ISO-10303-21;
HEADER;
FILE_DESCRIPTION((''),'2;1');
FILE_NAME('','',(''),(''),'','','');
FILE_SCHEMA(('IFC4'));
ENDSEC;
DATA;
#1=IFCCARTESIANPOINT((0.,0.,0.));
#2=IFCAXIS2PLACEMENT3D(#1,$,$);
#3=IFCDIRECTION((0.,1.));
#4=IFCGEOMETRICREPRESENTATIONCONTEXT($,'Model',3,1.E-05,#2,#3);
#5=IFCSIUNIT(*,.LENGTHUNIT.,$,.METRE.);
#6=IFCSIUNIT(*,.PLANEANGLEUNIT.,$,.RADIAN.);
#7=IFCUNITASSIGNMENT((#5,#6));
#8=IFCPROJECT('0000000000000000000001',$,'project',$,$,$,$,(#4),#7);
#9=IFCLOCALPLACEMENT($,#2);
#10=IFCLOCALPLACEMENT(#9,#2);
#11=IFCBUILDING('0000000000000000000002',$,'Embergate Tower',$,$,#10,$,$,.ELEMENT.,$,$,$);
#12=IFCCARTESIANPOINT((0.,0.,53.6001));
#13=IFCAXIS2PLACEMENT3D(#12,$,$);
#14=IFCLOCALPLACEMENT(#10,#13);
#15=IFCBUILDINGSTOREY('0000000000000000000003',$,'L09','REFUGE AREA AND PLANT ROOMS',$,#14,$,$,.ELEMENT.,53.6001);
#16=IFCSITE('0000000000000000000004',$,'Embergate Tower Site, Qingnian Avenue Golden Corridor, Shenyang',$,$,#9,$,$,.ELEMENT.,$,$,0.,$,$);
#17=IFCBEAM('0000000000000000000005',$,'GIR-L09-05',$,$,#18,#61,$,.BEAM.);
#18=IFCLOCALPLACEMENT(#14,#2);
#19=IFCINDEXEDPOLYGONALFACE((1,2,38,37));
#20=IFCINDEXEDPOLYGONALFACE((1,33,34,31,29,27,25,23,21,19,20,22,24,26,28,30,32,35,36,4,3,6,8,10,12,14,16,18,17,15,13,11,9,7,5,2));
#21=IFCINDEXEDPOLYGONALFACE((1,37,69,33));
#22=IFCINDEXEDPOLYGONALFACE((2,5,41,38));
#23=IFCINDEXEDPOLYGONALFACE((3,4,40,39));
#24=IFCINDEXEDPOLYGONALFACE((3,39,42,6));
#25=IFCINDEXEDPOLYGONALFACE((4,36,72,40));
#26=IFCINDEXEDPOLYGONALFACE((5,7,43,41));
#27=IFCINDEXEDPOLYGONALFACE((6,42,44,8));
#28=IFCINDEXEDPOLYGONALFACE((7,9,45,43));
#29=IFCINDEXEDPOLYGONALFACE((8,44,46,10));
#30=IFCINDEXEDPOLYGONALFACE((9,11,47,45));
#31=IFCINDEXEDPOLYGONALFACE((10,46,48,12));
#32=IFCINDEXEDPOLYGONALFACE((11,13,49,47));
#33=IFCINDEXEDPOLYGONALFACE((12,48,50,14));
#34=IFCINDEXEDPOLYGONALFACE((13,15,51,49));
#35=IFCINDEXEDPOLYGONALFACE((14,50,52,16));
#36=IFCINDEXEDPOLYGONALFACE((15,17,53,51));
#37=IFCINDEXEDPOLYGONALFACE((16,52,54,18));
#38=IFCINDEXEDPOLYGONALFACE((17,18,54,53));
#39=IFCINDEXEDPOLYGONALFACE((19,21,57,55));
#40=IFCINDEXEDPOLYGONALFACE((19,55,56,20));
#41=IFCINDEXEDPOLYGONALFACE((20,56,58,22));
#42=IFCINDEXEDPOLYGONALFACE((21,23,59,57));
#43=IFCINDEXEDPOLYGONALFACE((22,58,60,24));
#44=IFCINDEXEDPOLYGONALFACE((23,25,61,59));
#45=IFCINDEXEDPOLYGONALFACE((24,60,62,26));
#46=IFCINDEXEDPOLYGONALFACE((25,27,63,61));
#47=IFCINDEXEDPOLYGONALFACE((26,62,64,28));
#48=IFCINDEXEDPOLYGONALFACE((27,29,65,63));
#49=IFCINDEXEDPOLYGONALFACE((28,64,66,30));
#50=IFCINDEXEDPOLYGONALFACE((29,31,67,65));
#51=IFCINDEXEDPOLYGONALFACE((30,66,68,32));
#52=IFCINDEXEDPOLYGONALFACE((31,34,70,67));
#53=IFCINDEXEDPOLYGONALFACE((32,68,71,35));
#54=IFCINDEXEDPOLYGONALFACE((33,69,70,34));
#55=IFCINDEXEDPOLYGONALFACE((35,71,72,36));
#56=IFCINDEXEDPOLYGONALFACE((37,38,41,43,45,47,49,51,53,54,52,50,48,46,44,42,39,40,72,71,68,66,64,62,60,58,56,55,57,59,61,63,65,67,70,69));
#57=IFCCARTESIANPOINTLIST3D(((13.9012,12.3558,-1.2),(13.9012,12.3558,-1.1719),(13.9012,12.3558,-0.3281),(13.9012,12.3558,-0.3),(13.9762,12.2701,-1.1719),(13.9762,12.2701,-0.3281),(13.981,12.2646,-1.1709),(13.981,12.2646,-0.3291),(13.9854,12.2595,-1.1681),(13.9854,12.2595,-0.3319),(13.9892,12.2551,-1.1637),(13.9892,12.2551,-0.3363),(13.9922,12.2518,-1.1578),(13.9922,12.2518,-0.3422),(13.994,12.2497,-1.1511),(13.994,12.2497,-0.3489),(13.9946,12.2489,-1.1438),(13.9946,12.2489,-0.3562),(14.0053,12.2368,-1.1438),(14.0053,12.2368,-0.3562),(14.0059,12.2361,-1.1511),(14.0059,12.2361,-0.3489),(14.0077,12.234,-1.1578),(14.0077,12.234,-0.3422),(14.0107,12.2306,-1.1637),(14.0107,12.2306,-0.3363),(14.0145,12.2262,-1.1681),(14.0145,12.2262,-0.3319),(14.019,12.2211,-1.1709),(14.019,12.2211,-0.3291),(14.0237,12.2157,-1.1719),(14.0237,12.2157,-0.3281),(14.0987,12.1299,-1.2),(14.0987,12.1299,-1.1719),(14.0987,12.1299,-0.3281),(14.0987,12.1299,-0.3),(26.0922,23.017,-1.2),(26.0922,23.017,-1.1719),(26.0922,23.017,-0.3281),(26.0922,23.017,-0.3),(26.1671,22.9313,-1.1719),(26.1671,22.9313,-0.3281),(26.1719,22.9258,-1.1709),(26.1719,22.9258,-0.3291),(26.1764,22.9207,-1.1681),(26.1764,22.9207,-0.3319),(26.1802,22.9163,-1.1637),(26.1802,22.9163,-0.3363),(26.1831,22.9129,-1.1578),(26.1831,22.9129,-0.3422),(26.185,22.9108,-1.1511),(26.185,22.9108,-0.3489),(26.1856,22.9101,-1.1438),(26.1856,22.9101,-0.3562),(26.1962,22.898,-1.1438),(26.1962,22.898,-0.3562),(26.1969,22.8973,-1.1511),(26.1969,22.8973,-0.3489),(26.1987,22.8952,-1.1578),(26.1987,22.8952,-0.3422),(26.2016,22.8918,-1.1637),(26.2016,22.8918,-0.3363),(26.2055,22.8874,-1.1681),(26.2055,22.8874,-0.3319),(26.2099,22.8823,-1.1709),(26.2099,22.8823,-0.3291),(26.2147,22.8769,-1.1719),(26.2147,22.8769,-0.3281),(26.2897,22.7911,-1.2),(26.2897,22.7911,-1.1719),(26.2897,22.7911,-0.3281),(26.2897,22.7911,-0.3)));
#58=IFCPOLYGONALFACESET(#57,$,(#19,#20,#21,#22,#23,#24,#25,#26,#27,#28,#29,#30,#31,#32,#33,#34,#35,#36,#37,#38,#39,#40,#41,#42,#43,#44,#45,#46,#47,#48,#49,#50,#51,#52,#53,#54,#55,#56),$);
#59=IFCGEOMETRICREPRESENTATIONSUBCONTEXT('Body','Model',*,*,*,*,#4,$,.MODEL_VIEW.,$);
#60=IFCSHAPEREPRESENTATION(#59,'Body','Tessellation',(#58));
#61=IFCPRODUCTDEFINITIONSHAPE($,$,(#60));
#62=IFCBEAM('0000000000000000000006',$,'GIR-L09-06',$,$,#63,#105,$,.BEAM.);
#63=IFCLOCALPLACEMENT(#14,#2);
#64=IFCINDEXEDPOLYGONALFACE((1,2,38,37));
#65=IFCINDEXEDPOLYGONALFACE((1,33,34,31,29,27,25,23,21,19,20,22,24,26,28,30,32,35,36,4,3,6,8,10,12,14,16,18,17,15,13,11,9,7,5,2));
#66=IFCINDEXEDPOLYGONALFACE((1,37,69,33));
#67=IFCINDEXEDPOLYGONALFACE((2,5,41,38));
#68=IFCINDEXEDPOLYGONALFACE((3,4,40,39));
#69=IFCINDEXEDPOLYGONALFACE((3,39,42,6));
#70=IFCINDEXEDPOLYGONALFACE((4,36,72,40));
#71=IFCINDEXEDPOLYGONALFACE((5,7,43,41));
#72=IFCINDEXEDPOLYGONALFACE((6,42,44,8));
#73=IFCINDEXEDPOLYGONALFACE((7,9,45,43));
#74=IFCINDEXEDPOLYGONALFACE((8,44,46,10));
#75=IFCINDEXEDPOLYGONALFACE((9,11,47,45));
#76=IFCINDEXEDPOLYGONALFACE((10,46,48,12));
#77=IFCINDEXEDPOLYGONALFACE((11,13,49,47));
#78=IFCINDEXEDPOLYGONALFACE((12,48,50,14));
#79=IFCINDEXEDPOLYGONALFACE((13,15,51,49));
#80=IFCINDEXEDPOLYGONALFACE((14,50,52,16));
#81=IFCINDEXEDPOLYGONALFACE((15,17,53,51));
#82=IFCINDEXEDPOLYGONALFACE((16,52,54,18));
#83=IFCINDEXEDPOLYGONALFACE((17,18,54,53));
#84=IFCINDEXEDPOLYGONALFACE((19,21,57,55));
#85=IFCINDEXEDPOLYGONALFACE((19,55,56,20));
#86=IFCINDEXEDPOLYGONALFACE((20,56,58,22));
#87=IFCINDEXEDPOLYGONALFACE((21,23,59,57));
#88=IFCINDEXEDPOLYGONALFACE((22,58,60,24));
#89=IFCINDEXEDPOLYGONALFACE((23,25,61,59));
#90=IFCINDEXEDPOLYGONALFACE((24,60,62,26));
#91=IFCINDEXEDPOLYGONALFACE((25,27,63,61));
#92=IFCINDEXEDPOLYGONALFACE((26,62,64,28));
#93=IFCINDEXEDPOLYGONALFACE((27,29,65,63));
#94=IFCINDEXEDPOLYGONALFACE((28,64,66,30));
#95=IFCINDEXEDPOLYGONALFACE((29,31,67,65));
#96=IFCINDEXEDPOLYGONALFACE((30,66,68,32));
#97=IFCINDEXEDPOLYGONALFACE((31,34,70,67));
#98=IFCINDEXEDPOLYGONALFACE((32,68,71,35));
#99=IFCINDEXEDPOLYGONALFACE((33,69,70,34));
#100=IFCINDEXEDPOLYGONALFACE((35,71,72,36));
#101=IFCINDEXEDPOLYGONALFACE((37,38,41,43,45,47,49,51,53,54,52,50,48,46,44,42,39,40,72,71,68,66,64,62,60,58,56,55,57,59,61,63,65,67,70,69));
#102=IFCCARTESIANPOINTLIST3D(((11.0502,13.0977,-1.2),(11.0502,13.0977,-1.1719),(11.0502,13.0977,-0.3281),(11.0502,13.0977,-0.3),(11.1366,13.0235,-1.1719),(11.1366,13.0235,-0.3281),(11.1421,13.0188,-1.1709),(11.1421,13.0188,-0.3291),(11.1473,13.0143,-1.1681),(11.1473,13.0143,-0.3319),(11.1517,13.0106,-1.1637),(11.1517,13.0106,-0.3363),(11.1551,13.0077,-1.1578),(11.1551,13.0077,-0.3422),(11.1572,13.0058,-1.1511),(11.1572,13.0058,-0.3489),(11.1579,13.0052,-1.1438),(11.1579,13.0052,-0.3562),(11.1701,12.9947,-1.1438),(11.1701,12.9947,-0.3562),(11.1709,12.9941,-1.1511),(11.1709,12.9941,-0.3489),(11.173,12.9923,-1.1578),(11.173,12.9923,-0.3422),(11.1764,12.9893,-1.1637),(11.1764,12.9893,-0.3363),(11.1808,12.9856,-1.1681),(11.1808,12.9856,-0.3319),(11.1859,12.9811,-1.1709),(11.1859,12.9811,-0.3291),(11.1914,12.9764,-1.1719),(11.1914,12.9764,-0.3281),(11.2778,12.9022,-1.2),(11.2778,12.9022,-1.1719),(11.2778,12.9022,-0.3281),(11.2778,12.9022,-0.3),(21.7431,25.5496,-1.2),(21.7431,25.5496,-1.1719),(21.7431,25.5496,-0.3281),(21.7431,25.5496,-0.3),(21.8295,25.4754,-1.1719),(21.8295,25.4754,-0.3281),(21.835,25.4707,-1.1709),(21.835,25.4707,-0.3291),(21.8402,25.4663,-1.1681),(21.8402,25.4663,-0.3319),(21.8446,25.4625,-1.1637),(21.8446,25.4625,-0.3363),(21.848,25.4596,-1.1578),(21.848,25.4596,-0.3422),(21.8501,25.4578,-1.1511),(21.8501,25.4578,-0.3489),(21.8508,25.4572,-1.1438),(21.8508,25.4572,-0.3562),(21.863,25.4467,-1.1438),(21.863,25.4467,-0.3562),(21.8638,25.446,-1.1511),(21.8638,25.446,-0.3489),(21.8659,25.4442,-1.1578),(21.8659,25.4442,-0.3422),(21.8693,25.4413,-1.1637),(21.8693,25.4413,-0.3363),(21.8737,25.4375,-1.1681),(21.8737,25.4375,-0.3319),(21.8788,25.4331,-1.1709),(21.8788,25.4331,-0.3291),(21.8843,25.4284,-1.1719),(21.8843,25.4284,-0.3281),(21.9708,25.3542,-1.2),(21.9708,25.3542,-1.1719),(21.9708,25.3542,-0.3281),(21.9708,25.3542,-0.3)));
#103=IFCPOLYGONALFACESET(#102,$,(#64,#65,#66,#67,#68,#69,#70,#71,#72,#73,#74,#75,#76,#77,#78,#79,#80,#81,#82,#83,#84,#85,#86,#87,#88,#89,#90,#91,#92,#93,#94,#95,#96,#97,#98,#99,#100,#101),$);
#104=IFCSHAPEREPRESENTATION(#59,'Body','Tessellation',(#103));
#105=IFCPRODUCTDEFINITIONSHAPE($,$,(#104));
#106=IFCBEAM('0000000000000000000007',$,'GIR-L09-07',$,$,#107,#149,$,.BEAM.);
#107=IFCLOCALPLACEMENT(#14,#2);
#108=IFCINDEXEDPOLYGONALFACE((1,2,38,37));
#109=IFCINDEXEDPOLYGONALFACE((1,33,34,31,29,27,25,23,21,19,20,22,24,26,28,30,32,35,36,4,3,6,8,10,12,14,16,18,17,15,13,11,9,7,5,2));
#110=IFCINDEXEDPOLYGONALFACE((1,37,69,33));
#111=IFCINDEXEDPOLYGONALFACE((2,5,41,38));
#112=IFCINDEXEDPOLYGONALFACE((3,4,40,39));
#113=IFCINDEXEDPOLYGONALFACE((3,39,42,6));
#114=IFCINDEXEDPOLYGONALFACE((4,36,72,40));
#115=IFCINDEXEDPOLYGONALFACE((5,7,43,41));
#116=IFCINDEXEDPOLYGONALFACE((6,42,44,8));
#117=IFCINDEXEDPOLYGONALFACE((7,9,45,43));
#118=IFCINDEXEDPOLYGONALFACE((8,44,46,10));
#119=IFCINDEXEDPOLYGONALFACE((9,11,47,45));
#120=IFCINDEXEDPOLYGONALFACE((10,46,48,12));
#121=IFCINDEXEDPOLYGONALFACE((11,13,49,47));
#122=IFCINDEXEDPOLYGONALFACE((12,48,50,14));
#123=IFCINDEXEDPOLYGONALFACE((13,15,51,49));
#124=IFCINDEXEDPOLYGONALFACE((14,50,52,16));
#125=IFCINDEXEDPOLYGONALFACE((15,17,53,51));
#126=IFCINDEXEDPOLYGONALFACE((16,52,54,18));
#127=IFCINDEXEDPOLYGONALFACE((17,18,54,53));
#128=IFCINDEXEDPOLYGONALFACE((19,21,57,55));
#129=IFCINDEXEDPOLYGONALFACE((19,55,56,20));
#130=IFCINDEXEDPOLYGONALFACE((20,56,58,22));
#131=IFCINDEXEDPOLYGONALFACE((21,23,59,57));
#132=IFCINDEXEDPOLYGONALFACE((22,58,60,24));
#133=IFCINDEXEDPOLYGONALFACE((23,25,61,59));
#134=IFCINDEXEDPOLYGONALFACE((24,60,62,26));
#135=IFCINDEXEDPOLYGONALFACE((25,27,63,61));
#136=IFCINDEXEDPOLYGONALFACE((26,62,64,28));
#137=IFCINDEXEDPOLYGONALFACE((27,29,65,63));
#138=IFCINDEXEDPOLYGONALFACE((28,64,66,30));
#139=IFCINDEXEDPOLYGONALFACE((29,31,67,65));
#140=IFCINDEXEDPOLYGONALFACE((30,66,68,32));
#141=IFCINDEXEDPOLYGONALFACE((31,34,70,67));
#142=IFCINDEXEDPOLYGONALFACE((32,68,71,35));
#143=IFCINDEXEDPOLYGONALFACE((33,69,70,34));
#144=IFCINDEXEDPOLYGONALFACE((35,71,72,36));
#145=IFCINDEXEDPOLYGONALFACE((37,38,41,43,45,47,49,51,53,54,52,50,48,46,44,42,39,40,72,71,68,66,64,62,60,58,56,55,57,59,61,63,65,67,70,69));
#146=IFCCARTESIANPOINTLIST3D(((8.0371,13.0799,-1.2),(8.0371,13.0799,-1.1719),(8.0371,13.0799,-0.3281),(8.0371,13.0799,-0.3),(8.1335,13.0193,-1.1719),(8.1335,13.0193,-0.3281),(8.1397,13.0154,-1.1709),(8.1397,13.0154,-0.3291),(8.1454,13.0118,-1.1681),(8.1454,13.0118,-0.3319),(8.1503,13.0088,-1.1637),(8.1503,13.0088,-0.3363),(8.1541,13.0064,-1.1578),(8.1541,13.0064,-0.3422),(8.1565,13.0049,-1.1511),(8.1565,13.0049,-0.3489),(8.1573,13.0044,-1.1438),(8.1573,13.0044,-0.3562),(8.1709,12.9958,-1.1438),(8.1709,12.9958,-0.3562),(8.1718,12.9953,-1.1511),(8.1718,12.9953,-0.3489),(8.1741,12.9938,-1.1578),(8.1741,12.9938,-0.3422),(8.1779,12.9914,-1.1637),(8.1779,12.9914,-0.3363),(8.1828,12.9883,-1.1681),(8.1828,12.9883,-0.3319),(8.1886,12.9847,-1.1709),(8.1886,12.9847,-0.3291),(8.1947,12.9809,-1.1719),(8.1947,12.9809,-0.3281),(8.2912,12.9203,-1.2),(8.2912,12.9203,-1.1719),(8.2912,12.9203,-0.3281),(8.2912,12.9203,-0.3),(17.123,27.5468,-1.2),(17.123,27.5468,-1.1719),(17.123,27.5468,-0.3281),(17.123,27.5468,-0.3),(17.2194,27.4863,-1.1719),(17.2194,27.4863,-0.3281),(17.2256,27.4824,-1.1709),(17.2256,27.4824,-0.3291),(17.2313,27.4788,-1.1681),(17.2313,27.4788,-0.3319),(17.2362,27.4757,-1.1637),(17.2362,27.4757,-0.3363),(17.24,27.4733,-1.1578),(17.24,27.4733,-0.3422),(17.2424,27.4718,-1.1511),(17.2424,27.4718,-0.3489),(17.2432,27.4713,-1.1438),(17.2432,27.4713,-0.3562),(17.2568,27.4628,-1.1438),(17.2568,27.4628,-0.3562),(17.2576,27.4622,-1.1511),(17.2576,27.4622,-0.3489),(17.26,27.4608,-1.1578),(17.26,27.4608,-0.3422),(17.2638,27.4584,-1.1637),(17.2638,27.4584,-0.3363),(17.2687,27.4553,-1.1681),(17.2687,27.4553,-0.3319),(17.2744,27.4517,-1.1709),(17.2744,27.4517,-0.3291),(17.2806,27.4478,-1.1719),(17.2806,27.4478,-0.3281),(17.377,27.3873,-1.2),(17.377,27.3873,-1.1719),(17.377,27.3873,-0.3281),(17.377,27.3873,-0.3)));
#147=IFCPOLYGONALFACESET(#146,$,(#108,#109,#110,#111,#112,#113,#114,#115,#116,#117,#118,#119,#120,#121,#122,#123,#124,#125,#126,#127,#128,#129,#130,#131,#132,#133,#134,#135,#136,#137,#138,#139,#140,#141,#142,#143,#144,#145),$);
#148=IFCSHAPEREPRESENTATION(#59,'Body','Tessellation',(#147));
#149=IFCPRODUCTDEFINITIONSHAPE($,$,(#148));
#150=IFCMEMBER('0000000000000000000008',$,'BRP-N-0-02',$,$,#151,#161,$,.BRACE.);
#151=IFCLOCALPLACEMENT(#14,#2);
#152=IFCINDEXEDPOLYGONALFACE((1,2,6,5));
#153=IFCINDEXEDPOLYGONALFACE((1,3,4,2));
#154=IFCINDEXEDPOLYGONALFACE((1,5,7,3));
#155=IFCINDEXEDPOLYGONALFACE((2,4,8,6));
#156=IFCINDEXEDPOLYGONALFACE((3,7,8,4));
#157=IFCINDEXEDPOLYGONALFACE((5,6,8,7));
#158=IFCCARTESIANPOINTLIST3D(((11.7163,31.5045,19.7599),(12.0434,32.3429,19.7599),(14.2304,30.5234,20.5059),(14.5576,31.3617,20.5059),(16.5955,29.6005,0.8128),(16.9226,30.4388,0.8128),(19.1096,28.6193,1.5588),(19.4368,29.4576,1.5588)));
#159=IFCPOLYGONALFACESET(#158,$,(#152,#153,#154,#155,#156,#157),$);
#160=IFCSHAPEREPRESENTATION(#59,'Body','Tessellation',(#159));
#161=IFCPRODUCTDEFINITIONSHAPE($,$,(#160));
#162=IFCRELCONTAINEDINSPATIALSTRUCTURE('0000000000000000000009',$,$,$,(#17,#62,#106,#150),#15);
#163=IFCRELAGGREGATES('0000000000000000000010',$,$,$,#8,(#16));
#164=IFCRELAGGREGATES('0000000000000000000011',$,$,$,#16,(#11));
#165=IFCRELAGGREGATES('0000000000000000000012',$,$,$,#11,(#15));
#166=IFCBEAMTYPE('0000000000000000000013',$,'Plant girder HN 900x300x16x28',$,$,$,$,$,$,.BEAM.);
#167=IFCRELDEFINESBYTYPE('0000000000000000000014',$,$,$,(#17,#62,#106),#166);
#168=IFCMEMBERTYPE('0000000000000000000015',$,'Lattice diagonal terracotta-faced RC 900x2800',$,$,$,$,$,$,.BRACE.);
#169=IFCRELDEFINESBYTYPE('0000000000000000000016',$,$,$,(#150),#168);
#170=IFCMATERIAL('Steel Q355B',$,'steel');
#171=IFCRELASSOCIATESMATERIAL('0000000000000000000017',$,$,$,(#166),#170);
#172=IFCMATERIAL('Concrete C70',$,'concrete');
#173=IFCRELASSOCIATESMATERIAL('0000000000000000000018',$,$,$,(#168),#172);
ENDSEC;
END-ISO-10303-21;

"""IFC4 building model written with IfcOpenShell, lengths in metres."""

from ifc_helpers import new_model, si_unit, direction, frame, origin, origin_2d, place, context, subcontext, project, spatial, rectangle, i_section, extrude, source, transform, mapped, material, material_profile, profile_set, type_object, element, save


model = new_model("IFC4")

# Units and contexts
model_context = context("Model", 3, precision=1e-05, world=origin(), true_north=direction((0.0, 1.0)))
body_context = subcontext(model_context, "Body", "Model", "MODEL_VIEW")
ifc_project = project(units=[si_unit("LENGTHUNIT", "METRE"), si_unit("PLANEANGLEUNIT", "RADIAN")], contexts=[model_context])

# Site, building, storey
site_placement = place(None, origin())
site = spatial("IfcSite", under=ifc_project, at=site_placement, Name="Embergate Tower Site, Qingnian Avenue Golden Corridor, Shenyang", CompositionType="ELEMENT", RefElevation=0.0)
building_placement = place(site_placement, origin())
building = spatial("IfcBuilding", under=site, at=building_placement, Name="Embergate Tower", CompositionType="ELEMENT")
storey_placement = place(building_placement, frame((0.0, 0.0, 53.6001)))
storey = spatial("IfcBuildingStorey", under=building, at=storey_placement, Name="L09", Description="REFUGE AREA AND PLANT ROOMS", CompositionType="ELEMENT", Elevation=53.6001)

# Shared definitions
ifc_material_1 = material(Name="Concrete C70", Category="concrete")

# Beams
ifc_material_2 = material(Name="Steel Q355B", Category="steel")
ifc_material_profile_1 = material_profile(ifc_material_2, i_section(OverallWidth=0.3, OverallDepth=0.8999, WebThickness=0.0161, FlangeThickness=0.0281, FilletRadius=0.0281, at=origin_2d()), Name="HN 900x300x16x28")
ifc_profile_set_1 = profile_set([ifc_material_profile_1], Name="Steel Q355 grade B")
beam_type_1 = type_object("IfcBeamType", Name="Plant girder HN 900x300x16x28", PredefinedType="BEAM", material=ifc_profile_set_1)
shared_shape_1 = source(origin(), body_context, "Body", "SweptSolid", [
    extrude(i_section(OverallWidth=0.3, OverallDepth=0.8999, WebThickness=0.0161, FlangeThickness=0.0281, FilletRadius=0.0281, at=origin_2d()), origin(), (0.0, 0.0, 1.0), 16.1951),
])
beam_1_placement = place(storey_placement, frame((26.1909, 22.9041, -0.75), z_axis=(-0.752758, -0.658298, 0.0), x_axis=(0.658298, -0.752758, 0.0)))
element("IfcBeam", 1, at=beam_1_placement, inside=storey, type_object=beam_type_1, Name="GIR-L09-05", PredefinedType="BEAM", context=body_context, shape_type="MappedRepresentation", body=[
    mapped(shared_shape_1, transform((0.0, 0.0, 0.0))),
])
shared_shape_2 = source(origin(), body_context, "Body", "SweptSolid", [
    extrude(i_section(OverallWidth=0.3, OverallDepth=0.8999, WebThickness=0.0161, FlangeThickness=0.0281, FilletRadius=0.0281, at=origin_2d()), origin(), (0.0, 0.0, 1.0), 16.4131),
])
beam_2_placement = place(storey_placement, frame((21.8569, 25.4519, -0.75), z_axis=(-0.651487, -0.75866, 0.0), x_axis=(0.75866, -0.651487, 0.0)))
element("IfcBeam", 2, at=beam_2_placement, inside=storey, type_object=beam_type_1, Name="GIR-L09-06", PredefinedType="BEAM", context=body_context, shape_type="MappedRepresentation", body=[
    mapped(shared_shape_2, transform((0.0, 0.0, 0.0))),
])
shared_shape_3 = source(origin(), body_context, "Body", "SweptSolid", [
    extrude(i_section(OverallWidth=0.3, OverallDepth=0.8999, WebThickness=0.0161, FlangeThickness=0.0281, FilletRadius=0.0281, at=origin_2d()), origin(), (0.0, 0.0, 1.0), 17.0835),
])
beam_3_placement = place(storey_placement, frame((17.25, 27.467, -0.75), z_axis=(-0.531851, -0.846838, 0.0), x_axis=(0.846838, -0.531851, 0.0)))
element("IfcBeam", 3, at=beam_3_placement, inside=storey, type_object=beam_type_1, Name="GIR-L09-07", PredefinedType="BEAM", context=body_context, shape_type="MappedRepresentation", body=[
    mapped(shared_shape_3, transform((0.0, 0.0, 0.0))),
])

# Member
ifc_material_profile_2 = material_profile(ifc_material_1, rectangle(XDim=0.8999, YDim=2.8, at=origin_2d()), Name="RC 900x2800")
ifc_profile_set_2 = profile_set([ifc_material_profile_2], Name="Concrete C70")
member_type = type_object("IfcMemberType", Name="Lattice diagonal terracotta-faced RC 900x2800", PredefinedType="BRACE", material=ifc_profile_set_2)
shared_shape_4 = source(origin(), body_context, "Body", "SweptSolid", [
    extrude(rectangle(XDim=0.8999, YDim=2.8, at=origin_2d()), origin(), (0.0, 0.0, 1.0), 19.6577),
])
member_placement = place(storey_placement, frame((18.0161, 29.5291, 1.1858), z_axis=(-0.248207, 0.096861, 0.963852), x_axis=(-0.363541, -0.931578, 0.0)))
element("IfcMember", 4, at=member_placement, inside=storey, type_object=member_type, Name="BRP-N-0-02", PredefinedType="BRACE", context=body_context, shape_type="MappedRepresentation", body=[
    mapped(shared_shape_4, transform((0.0, 0.0, 0.0))),
])

save(model, "model.ifc")
